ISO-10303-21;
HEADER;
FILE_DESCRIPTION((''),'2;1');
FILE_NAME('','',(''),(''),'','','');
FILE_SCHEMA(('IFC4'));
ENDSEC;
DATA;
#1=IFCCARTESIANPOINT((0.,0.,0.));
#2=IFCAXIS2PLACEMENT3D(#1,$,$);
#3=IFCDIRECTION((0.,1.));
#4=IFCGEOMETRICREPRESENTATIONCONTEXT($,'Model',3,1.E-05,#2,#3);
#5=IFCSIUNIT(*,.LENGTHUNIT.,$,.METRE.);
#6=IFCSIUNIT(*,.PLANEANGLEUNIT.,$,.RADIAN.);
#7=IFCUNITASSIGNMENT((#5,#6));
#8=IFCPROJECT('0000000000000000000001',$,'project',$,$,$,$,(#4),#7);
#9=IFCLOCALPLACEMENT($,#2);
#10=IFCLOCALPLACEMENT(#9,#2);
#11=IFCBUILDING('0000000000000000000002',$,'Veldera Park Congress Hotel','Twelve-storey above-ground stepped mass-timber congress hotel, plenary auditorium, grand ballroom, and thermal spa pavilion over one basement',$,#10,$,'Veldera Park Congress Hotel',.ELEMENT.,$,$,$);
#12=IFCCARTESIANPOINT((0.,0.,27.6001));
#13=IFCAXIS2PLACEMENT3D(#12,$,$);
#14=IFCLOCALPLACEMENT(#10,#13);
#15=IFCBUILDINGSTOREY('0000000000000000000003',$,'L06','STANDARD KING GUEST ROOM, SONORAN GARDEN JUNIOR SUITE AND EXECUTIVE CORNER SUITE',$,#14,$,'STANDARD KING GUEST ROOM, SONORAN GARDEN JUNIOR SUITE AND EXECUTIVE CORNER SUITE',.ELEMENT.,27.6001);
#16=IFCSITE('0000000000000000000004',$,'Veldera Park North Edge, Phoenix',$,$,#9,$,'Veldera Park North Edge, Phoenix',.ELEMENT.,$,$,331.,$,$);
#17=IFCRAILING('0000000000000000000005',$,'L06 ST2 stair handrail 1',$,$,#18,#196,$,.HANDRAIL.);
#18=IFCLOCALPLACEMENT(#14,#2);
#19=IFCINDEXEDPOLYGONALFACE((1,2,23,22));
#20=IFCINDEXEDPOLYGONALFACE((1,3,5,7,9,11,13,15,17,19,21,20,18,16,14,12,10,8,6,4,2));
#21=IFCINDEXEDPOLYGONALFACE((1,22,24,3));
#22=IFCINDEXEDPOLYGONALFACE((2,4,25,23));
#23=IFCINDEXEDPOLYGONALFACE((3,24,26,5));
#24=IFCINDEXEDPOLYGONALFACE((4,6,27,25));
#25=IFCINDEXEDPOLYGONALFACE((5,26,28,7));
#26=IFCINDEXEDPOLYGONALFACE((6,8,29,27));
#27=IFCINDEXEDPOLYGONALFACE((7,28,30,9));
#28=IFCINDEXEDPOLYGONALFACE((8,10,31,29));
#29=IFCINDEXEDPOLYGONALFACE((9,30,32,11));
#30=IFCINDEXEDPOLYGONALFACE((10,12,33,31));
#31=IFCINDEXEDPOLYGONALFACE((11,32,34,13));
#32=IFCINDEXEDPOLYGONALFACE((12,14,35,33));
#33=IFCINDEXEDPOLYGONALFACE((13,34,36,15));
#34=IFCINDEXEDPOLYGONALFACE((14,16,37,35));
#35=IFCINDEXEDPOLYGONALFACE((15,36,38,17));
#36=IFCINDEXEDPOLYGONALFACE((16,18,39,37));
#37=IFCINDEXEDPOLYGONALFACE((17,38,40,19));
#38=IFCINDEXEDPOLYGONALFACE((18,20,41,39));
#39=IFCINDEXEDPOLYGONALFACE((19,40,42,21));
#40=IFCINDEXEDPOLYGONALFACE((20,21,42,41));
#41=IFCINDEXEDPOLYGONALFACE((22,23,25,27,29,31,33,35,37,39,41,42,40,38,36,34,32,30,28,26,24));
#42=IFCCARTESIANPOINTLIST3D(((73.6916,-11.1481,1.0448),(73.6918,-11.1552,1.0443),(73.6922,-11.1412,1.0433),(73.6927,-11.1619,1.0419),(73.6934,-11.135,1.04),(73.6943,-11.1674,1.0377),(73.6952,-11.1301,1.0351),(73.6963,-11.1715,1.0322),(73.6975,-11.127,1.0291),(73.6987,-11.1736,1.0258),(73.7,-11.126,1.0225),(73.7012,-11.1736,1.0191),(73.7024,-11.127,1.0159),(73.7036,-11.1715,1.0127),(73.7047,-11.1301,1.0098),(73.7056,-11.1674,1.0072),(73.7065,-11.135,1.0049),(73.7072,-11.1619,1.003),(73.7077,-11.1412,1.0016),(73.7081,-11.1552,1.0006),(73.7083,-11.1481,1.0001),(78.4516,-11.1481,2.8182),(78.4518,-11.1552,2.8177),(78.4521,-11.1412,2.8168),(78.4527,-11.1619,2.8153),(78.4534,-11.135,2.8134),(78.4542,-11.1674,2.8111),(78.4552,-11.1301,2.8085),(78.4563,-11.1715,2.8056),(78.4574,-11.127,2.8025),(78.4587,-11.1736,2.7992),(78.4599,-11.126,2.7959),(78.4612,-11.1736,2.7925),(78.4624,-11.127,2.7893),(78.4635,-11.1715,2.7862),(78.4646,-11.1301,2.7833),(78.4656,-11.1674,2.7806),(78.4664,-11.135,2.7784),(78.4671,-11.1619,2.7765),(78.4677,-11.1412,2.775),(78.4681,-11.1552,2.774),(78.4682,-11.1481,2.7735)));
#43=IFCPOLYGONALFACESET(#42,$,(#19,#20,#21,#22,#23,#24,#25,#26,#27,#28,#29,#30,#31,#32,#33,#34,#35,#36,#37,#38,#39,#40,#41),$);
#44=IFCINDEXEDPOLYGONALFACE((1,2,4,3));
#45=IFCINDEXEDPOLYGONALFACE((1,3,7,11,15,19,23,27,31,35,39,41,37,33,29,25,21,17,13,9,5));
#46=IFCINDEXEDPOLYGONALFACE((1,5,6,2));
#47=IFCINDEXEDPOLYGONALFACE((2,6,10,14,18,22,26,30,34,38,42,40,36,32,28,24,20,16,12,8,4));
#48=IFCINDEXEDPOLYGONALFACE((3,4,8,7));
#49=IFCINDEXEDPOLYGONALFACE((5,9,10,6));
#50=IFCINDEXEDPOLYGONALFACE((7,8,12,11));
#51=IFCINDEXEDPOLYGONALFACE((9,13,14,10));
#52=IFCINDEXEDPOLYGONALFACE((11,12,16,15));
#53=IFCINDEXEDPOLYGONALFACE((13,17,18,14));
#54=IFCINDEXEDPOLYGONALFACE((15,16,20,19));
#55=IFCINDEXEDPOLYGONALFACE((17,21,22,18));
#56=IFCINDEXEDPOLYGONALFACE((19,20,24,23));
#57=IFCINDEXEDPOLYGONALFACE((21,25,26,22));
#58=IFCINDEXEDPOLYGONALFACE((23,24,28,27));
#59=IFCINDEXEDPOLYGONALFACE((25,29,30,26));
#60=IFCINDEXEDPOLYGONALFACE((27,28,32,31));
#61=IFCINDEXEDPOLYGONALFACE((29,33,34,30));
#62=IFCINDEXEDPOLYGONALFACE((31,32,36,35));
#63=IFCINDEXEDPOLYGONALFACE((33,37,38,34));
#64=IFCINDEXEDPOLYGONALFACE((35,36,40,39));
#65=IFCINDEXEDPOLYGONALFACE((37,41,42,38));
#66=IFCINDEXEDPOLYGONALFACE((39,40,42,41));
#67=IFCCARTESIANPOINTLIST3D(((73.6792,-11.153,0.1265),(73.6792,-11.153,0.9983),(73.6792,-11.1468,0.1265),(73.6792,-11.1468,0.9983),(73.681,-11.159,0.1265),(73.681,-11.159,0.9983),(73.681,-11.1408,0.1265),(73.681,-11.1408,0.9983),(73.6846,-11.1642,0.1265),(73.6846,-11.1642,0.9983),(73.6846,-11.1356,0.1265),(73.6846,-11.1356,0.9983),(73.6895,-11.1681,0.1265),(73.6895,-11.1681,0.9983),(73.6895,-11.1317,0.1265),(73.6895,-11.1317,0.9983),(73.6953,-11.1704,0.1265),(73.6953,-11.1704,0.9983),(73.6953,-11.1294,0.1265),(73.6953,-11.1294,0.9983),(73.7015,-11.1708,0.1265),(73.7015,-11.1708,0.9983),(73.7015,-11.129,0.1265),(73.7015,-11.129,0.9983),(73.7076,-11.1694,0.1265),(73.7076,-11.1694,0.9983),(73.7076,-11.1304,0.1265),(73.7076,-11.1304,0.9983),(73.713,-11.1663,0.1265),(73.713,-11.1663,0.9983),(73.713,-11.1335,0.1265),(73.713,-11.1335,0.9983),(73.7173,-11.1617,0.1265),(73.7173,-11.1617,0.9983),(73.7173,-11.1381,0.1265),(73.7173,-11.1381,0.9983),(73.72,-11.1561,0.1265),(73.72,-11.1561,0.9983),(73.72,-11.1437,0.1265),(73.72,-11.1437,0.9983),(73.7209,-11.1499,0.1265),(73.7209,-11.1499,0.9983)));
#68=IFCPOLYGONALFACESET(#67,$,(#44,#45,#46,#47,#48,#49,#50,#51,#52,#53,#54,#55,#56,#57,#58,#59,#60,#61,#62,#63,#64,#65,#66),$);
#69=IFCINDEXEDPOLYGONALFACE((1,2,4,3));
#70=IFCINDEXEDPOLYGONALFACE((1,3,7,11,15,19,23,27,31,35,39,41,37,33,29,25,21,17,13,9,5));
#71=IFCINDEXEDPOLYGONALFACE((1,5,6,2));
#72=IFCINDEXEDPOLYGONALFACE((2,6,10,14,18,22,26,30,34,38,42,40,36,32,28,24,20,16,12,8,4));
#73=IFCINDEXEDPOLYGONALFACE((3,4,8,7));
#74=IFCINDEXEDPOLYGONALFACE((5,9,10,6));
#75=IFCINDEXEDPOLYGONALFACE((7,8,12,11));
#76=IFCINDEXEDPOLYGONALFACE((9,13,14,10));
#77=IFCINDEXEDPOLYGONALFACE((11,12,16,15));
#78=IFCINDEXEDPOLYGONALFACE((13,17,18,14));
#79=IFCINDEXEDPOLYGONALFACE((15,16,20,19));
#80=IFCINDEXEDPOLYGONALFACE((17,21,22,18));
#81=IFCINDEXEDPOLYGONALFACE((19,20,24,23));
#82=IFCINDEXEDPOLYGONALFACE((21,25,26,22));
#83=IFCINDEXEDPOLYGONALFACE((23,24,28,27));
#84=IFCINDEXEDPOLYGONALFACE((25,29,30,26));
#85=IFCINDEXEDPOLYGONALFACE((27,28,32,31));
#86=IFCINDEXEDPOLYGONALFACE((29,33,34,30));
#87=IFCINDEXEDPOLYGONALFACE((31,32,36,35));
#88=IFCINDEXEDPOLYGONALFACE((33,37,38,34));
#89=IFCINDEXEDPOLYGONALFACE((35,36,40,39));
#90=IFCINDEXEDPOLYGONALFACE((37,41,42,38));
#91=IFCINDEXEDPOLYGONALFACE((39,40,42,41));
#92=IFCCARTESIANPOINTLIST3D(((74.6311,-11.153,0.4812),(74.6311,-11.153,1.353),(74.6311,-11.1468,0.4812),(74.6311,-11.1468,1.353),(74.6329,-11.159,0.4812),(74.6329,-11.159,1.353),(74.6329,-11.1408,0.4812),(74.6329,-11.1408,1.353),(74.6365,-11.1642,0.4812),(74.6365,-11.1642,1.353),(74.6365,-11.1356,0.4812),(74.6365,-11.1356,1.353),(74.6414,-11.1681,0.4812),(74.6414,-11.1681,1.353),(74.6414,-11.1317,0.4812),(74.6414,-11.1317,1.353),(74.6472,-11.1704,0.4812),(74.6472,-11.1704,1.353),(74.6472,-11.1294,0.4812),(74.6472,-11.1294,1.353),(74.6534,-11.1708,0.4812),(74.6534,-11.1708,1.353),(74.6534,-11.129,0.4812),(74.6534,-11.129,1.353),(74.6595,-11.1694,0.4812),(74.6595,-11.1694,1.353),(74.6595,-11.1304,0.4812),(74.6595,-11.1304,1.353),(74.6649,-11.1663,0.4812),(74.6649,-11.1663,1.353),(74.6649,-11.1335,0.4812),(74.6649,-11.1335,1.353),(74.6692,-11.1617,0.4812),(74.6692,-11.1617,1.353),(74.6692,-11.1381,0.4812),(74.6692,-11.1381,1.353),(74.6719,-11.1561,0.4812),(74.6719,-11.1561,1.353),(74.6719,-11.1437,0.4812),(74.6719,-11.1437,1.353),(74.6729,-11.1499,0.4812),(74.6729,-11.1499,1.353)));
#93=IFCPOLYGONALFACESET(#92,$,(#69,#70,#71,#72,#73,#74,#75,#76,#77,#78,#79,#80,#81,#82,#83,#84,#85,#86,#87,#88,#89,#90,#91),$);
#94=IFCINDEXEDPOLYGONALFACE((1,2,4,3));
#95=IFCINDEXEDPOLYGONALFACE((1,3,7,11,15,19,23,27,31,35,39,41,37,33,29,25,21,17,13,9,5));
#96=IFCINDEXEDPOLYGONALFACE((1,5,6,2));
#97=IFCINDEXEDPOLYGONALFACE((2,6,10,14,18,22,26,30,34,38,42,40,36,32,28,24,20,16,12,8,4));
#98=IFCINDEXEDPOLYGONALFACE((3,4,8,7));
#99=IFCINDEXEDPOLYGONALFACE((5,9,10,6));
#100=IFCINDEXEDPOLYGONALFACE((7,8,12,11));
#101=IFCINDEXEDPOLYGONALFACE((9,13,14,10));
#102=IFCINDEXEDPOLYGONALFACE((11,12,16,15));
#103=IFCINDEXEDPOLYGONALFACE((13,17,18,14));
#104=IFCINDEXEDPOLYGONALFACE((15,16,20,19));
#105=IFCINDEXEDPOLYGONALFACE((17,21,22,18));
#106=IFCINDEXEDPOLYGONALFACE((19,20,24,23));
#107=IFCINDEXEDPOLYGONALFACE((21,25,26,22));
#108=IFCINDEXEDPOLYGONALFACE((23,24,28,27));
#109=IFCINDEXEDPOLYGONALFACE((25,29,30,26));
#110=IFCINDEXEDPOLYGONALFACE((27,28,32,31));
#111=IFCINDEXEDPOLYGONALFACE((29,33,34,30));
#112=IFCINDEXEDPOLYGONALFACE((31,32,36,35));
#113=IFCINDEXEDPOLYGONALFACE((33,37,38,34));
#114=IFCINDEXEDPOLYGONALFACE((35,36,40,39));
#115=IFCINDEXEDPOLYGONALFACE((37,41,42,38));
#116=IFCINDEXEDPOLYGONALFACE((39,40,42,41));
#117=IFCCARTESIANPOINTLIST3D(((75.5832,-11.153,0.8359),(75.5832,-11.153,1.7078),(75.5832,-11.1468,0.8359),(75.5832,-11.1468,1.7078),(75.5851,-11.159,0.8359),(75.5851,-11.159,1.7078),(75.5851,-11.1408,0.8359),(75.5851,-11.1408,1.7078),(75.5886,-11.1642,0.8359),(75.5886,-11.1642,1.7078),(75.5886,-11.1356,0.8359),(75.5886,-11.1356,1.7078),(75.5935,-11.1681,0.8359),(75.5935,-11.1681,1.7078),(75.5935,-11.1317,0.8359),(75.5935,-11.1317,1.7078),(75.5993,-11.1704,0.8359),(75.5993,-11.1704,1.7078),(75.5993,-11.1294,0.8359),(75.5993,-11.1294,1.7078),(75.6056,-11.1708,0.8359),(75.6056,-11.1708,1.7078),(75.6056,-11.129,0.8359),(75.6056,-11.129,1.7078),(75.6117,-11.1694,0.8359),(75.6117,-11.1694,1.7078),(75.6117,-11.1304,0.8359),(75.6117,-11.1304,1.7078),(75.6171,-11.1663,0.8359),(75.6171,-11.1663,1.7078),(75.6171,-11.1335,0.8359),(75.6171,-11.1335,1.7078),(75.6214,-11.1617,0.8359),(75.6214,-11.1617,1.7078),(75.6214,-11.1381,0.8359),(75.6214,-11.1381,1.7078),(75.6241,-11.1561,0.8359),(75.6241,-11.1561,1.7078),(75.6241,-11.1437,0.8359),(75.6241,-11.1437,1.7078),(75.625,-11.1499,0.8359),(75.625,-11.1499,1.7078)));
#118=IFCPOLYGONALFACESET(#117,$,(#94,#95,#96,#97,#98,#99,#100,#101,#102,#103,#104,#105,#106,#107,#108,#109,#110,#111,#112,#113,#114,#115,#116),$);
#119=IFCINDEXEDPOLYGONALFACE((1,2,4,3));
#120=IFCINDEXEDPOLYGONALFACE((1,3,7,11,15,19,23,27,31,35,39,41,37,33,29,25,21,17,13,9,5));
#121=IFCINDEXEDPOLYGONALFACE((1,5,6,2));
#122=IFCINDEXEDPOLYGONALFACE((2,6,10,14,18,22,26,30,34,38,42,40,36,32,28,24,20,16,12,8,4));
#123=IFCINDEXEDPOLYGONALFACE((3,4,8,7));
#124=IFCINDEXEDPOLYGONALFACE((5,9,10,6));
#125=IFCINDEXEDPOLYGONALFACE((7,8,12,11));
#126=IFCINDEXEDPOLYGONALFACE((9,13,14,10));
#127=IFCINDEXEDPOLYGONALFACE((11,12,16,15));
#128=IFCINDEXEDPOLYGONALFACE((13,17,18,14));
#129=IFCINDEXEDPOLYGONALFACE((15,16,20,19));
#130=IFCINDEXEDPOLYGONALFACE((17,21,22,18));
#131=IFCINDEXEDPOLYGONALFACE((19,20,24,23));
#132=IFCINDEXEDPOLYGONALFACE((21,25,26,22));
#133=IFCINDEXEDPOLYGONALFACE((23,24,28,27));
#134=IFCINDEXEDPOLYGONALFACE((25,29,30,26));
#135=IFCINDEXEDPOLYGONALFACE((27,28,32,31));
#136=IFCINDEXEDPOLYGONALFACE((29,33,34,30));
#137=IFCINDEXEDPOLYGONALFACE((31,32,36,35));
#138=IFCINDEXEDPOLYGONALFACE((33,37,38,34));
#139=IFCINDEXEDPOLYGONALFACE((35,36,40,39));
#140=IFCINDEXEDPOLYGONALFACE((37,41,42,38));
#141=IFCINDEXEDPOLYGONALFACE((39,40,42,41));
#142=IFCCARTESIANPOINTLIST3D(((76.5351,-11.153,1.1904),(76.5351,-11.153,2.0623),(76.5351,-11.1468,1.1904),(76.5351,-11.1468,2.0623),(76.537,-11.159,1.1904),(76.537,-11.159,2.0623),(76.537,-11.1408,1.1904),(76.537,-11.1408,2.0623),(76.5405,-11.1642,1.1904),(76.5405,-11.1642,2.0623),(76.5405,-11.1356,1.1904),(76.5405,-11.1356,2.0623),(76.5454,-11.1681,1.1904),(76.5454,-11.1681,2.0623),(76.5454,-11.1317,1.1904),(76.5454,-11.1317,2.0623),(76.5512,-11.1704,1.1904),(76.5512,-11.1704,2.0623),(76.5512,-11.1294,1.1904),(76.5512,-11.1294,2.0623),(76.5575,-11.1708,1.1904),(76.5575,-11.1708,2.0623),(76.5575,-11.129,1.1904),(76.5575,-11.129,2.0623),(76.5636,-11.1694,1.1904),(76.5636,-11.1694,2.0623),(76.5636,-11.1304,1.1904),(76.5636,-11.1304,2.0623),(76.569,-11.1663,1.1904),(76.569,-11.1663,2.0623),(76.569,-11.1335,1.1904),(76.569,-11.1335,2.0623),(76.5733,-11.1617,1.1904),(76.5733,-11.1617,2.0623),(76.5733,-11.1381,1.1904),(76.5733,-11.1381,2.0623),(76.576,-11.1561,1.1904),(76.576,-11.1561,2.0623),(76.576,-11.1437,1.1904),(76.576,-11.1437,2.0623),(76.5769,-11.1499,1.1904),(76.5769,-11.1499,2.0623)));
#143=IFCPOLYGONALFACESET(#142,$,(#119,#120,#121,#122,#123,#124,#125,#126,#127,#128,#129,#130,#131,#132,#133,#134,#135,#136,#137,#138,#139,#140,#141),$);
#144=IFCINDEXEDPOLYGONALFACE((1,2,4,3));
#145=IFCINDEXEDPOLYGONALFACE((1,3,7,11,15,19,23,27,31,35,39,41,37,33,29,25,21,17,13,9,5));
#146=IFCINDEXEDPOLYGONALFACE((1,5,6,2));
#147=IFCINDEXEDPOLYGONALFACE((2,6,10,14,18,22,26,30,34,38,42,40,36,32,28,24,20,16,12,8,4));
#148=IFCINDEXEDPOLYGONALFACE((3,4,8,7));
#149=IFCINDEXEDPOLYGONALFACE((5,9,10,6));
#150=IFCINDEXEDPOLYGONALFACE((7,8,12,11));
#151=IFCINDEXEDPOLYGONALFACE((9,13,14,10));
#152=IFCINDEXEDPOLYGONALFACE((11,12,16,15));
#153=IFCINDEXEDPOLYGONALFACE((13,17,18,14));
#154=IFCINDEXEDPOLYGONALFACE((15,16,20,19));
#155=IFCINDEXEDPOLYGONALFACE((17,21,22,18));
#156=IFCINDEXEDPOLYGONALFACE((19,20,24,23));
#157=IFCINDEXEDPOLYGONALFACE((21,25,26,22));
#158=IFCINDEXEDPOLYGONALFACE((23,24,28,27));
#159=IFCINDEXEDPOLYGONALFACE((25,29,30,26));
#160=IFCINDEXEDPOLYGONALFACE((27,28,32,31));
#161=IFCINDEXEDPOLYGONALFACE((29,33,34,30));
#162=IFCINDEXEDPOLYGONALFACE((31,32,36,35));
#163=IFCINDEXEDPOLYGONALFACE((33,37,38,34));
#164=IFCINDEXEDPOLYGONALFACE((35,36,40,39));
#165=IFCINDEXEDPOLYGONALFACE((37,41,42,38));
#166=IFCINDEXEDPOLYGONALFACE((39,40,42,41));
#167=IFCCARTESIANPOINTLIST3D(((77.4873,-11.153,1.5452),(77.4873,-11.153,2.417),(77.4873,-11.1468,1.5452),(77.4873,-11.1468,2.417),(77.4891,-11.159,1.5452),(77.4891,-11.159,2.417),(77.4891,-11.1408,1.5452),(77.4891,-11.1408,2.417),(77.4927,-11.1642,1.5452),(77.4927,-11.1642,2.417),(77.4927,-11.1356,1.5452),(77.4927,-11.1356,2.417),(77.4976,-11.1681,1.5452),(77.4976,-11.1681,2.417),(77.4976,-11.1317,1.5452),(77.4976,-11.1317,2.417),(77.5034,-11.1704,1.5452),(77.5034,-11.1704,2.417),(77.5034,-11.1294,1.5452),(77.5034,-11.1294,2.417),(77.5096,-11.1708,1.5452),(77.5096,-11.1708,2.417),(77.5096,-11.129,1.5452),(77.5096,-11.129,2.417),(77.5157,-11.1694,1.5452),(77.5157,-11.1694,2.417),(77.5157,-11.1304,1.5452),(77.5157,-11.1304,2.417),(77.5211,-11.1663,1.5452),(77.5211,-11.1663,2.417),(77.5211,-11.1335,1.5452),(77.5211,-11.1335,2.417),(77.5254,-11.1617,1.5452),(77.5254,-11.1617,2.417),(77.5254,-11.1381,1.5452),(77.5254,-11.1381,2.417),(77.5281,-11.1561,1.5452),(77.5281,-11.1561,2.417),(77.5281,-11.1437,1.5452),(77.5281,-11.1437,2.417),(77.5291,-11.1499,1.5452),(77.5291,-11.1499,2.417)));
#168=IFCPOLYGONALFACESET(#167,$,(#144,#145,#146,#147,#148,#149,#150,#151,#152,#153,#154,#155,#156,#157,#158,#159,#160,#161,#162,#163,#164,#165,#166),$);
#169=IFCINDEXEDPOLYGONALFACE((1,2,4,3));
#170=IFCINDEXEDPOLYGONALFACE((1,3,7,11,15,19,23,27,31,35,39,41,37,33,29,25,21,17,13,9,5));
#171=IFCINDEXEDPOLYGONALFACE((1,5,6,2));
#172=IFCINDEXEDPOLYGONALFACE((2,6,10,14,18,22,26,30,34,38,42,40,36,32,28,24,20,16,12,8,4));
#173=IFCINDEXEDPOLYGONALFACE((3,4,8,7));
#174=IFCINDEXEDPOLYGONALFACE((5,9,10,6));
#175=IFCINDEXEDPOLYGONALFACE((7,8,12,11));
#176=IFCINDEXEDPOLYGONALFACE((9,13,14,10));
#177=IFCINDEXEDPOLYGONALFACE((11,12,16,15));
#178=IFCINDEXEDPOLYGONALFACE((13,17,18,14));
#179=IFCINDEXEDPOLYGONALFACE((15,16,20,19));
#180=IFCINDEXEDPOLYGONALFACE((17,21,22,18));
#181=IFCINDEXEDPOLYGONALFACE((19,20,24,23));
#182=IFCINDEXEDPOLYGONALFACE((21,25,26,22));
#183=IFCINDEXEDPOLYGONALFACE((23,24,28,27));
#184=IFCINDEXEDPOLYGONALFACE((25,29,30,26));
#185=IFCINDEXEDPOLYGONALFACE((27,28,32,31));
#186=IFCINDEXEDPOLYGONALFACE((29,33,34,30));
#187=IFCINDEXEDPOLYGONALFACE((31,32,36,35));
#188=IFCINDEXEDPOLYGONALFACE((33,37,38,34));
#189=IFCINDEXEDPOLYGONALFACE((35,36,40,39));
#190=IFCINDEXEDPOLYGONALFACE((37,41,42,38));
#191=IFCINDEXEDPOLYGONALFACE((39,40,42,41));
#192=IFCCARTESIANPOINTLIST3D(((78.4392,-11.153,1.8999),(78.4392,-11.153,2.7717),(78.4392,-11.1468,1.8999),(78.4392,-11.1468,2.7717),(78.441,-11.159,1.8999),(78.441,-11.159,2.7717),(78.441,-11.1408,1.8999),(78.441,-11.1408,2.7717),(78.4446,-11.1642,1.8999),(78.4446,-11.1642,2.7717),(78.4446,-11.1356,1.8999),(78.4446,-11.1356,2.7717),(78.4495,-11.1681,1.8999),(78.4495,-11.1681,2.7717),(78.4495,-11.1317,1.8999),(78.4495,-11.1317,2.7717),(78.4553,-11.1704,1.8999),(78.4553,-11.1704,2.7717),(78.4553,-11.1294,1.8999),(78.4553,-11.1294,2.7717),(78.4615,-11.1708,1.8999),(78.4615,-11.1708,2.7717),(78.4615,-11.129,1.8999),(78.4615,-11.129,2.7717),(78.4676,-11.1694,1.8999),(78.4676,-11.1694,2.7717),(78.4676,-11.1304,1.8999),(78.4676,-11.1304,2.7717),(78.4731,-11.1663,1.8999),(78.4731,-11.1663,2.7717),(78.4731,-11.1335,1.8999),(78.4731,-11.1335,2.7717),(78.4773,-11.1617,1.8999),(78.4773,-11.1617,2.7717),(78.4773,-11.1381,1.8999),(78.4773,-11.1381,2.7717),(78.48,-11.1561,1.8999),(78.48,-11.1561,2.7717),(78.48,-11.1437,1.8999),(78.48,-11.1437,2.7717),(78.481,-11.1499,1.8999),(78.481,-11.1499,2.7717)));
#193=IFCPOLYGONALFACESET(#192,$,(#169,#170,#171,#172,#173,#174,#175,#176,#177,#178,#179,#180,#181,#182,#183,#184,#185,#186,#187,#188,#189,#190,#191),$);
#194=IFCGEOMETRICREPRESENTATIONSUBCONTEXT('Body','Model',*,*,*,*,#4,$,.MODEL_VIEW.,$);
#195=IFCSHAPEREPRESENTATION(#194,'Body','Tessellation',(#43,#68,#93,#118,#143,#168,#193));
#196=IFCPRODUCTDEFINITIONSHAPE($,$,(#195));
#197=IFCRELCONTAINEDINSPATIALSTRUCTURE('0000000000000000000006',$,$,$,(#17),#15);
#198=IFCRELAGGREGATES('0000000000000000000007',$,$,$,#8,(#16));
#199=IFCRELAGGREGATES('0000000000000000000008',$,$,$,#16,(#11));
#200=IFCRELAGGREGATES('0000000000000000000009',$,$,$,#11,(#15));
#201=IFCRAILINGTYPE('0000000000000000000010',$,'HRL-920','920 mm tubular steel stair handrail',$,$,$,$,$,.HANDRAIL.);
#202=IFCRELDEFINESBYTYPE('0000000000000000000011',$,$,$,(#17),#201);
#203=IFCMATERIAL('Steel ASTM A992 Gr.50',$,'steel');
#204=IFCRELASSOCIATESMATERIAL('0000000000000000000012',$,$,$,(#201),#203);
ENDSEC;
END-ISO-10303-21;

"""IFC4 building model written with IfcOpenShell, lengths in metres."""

from ifc_helpers import new_model, si_unit, direction, frame, origin, origin_2d, place, context, subcontext, project, spatial, circle, extrude, material, type_object, element, save


model = new_model("IFC4")

# Units and contexts
model_context = context("Model", 3, precision=1e-05, world=origin(), true_north=direction((0.0, 1.0)))
body_context = subcontext(model_context, "Body", "Model", "MODEL_VIEW")
ifc_project = project(units=[si_unit("LENGTHUNIT", "METRE"), si_unit("PLANEANGLEUNIT", "RADIAN")], contexts=[model_context])

# Site, building, storey
site_placement = place(None, origin())
site = spatial("IfcSite", under=ifc_project, at=site_placement, Name="Veldera Park North Edge, Phoenix", LongName="Veldera Park North Edge, Phoenix", CompositionType="ELEMENT", RefElevation=331.0)
building_placement = place(site_placement, origin())
building = spatial("IfcBuilding", under=site, at=building_placement, Name="Veldera Park Congress Hotel", Description="Twelve-storey above-ground stepped mass-timber congress hotel, plenary auditorium, grand ballroom, and thermal spa pavilion over one basement", LongName="Veldera Park Congress Hotel", CompositionType="ELEMENT")
storey_placement = place(building_placement, frame((0.0, 0.0, 27.6001)))
storey = spatial("IfcBuildingStorey", under=building, at=storey_placement, Name="L06", Description="STANDARD KING GUEST ROOM, SONORAN GARDEN JUNIOR SUITE AND EXECUTIVE CORNER SUITE", LongName="STANDARD KING GUEST ROOM, SONORAN GARDEN JUNIOR SUITE AND EXECUTIVE CORNER SUITE", CompositionType="ELEMENT", Elevation=27.6001)

# Railing
ifc_material_1 = material(Name="Steel ASTM A992 Gr.50", Category="steel")
railing_type_1 = type_object("IfcRailingType", Name="HRL-920", Description="920 mm tubular steel stair handrail", PredefinedType="HANDRAIL", material=ifc_material_1)
railing_1_placement = place(storey_placement, frame((73.7, -11.1499, 0.1265)))
element("IfcRailing", 1, at=railing_1_placement, inside=storey, type_object=railing_type_1, Name="L06 ST2 stair handrail 1", PredefinedType="HANDRAIL", context=body_context, shape_type="SweptSolid", body=[
    extrude(circle(Radius=0.0239, at=origin_2d()), frame((0.0, 0.0, 0.896), z_axis=(0.937076, 0.0, 0.349126), x_axis=(0.0, 1.0, 0.0)), (0.0, 0.0, 1.0), 5.0796),
    extrude(circle(Radius=0.021, at=origin_2d()), origin(), (0.0, 0.0, 1.0), 0.8718),
    extrude(circle(Radius=0.021, at=origin_2d()), frame((0.9519, 0.0, 0.3547)), (0.0, 0.0, 1.0), 0.8718),
    extrude(circle(Radius=0.021, at=origin_2d()), frame((1.9041, 0.0, 0.7095)), (0.0, 0.0, 1.0), 0.8718),
    extrude(circle(Radius=0.021, at=origin_2d()), frame((2.856, 0.0, 1.064)), (0.0, 0.0, 1.0), 0.8718),
    extrude(circle(Radius=0.021, at=origin_2d()), frame((3.8081, 0.0, 1.4187)), (0.0, 0.0, 1.0), 0.8718),
    extrude(circle(Radius=0.021, at=origin_2d()), frame((4.76, 0.0, 1.7734)), (0.0, 0.0, 1.0), 0.8718),
])

save(model, "model.ifc")
